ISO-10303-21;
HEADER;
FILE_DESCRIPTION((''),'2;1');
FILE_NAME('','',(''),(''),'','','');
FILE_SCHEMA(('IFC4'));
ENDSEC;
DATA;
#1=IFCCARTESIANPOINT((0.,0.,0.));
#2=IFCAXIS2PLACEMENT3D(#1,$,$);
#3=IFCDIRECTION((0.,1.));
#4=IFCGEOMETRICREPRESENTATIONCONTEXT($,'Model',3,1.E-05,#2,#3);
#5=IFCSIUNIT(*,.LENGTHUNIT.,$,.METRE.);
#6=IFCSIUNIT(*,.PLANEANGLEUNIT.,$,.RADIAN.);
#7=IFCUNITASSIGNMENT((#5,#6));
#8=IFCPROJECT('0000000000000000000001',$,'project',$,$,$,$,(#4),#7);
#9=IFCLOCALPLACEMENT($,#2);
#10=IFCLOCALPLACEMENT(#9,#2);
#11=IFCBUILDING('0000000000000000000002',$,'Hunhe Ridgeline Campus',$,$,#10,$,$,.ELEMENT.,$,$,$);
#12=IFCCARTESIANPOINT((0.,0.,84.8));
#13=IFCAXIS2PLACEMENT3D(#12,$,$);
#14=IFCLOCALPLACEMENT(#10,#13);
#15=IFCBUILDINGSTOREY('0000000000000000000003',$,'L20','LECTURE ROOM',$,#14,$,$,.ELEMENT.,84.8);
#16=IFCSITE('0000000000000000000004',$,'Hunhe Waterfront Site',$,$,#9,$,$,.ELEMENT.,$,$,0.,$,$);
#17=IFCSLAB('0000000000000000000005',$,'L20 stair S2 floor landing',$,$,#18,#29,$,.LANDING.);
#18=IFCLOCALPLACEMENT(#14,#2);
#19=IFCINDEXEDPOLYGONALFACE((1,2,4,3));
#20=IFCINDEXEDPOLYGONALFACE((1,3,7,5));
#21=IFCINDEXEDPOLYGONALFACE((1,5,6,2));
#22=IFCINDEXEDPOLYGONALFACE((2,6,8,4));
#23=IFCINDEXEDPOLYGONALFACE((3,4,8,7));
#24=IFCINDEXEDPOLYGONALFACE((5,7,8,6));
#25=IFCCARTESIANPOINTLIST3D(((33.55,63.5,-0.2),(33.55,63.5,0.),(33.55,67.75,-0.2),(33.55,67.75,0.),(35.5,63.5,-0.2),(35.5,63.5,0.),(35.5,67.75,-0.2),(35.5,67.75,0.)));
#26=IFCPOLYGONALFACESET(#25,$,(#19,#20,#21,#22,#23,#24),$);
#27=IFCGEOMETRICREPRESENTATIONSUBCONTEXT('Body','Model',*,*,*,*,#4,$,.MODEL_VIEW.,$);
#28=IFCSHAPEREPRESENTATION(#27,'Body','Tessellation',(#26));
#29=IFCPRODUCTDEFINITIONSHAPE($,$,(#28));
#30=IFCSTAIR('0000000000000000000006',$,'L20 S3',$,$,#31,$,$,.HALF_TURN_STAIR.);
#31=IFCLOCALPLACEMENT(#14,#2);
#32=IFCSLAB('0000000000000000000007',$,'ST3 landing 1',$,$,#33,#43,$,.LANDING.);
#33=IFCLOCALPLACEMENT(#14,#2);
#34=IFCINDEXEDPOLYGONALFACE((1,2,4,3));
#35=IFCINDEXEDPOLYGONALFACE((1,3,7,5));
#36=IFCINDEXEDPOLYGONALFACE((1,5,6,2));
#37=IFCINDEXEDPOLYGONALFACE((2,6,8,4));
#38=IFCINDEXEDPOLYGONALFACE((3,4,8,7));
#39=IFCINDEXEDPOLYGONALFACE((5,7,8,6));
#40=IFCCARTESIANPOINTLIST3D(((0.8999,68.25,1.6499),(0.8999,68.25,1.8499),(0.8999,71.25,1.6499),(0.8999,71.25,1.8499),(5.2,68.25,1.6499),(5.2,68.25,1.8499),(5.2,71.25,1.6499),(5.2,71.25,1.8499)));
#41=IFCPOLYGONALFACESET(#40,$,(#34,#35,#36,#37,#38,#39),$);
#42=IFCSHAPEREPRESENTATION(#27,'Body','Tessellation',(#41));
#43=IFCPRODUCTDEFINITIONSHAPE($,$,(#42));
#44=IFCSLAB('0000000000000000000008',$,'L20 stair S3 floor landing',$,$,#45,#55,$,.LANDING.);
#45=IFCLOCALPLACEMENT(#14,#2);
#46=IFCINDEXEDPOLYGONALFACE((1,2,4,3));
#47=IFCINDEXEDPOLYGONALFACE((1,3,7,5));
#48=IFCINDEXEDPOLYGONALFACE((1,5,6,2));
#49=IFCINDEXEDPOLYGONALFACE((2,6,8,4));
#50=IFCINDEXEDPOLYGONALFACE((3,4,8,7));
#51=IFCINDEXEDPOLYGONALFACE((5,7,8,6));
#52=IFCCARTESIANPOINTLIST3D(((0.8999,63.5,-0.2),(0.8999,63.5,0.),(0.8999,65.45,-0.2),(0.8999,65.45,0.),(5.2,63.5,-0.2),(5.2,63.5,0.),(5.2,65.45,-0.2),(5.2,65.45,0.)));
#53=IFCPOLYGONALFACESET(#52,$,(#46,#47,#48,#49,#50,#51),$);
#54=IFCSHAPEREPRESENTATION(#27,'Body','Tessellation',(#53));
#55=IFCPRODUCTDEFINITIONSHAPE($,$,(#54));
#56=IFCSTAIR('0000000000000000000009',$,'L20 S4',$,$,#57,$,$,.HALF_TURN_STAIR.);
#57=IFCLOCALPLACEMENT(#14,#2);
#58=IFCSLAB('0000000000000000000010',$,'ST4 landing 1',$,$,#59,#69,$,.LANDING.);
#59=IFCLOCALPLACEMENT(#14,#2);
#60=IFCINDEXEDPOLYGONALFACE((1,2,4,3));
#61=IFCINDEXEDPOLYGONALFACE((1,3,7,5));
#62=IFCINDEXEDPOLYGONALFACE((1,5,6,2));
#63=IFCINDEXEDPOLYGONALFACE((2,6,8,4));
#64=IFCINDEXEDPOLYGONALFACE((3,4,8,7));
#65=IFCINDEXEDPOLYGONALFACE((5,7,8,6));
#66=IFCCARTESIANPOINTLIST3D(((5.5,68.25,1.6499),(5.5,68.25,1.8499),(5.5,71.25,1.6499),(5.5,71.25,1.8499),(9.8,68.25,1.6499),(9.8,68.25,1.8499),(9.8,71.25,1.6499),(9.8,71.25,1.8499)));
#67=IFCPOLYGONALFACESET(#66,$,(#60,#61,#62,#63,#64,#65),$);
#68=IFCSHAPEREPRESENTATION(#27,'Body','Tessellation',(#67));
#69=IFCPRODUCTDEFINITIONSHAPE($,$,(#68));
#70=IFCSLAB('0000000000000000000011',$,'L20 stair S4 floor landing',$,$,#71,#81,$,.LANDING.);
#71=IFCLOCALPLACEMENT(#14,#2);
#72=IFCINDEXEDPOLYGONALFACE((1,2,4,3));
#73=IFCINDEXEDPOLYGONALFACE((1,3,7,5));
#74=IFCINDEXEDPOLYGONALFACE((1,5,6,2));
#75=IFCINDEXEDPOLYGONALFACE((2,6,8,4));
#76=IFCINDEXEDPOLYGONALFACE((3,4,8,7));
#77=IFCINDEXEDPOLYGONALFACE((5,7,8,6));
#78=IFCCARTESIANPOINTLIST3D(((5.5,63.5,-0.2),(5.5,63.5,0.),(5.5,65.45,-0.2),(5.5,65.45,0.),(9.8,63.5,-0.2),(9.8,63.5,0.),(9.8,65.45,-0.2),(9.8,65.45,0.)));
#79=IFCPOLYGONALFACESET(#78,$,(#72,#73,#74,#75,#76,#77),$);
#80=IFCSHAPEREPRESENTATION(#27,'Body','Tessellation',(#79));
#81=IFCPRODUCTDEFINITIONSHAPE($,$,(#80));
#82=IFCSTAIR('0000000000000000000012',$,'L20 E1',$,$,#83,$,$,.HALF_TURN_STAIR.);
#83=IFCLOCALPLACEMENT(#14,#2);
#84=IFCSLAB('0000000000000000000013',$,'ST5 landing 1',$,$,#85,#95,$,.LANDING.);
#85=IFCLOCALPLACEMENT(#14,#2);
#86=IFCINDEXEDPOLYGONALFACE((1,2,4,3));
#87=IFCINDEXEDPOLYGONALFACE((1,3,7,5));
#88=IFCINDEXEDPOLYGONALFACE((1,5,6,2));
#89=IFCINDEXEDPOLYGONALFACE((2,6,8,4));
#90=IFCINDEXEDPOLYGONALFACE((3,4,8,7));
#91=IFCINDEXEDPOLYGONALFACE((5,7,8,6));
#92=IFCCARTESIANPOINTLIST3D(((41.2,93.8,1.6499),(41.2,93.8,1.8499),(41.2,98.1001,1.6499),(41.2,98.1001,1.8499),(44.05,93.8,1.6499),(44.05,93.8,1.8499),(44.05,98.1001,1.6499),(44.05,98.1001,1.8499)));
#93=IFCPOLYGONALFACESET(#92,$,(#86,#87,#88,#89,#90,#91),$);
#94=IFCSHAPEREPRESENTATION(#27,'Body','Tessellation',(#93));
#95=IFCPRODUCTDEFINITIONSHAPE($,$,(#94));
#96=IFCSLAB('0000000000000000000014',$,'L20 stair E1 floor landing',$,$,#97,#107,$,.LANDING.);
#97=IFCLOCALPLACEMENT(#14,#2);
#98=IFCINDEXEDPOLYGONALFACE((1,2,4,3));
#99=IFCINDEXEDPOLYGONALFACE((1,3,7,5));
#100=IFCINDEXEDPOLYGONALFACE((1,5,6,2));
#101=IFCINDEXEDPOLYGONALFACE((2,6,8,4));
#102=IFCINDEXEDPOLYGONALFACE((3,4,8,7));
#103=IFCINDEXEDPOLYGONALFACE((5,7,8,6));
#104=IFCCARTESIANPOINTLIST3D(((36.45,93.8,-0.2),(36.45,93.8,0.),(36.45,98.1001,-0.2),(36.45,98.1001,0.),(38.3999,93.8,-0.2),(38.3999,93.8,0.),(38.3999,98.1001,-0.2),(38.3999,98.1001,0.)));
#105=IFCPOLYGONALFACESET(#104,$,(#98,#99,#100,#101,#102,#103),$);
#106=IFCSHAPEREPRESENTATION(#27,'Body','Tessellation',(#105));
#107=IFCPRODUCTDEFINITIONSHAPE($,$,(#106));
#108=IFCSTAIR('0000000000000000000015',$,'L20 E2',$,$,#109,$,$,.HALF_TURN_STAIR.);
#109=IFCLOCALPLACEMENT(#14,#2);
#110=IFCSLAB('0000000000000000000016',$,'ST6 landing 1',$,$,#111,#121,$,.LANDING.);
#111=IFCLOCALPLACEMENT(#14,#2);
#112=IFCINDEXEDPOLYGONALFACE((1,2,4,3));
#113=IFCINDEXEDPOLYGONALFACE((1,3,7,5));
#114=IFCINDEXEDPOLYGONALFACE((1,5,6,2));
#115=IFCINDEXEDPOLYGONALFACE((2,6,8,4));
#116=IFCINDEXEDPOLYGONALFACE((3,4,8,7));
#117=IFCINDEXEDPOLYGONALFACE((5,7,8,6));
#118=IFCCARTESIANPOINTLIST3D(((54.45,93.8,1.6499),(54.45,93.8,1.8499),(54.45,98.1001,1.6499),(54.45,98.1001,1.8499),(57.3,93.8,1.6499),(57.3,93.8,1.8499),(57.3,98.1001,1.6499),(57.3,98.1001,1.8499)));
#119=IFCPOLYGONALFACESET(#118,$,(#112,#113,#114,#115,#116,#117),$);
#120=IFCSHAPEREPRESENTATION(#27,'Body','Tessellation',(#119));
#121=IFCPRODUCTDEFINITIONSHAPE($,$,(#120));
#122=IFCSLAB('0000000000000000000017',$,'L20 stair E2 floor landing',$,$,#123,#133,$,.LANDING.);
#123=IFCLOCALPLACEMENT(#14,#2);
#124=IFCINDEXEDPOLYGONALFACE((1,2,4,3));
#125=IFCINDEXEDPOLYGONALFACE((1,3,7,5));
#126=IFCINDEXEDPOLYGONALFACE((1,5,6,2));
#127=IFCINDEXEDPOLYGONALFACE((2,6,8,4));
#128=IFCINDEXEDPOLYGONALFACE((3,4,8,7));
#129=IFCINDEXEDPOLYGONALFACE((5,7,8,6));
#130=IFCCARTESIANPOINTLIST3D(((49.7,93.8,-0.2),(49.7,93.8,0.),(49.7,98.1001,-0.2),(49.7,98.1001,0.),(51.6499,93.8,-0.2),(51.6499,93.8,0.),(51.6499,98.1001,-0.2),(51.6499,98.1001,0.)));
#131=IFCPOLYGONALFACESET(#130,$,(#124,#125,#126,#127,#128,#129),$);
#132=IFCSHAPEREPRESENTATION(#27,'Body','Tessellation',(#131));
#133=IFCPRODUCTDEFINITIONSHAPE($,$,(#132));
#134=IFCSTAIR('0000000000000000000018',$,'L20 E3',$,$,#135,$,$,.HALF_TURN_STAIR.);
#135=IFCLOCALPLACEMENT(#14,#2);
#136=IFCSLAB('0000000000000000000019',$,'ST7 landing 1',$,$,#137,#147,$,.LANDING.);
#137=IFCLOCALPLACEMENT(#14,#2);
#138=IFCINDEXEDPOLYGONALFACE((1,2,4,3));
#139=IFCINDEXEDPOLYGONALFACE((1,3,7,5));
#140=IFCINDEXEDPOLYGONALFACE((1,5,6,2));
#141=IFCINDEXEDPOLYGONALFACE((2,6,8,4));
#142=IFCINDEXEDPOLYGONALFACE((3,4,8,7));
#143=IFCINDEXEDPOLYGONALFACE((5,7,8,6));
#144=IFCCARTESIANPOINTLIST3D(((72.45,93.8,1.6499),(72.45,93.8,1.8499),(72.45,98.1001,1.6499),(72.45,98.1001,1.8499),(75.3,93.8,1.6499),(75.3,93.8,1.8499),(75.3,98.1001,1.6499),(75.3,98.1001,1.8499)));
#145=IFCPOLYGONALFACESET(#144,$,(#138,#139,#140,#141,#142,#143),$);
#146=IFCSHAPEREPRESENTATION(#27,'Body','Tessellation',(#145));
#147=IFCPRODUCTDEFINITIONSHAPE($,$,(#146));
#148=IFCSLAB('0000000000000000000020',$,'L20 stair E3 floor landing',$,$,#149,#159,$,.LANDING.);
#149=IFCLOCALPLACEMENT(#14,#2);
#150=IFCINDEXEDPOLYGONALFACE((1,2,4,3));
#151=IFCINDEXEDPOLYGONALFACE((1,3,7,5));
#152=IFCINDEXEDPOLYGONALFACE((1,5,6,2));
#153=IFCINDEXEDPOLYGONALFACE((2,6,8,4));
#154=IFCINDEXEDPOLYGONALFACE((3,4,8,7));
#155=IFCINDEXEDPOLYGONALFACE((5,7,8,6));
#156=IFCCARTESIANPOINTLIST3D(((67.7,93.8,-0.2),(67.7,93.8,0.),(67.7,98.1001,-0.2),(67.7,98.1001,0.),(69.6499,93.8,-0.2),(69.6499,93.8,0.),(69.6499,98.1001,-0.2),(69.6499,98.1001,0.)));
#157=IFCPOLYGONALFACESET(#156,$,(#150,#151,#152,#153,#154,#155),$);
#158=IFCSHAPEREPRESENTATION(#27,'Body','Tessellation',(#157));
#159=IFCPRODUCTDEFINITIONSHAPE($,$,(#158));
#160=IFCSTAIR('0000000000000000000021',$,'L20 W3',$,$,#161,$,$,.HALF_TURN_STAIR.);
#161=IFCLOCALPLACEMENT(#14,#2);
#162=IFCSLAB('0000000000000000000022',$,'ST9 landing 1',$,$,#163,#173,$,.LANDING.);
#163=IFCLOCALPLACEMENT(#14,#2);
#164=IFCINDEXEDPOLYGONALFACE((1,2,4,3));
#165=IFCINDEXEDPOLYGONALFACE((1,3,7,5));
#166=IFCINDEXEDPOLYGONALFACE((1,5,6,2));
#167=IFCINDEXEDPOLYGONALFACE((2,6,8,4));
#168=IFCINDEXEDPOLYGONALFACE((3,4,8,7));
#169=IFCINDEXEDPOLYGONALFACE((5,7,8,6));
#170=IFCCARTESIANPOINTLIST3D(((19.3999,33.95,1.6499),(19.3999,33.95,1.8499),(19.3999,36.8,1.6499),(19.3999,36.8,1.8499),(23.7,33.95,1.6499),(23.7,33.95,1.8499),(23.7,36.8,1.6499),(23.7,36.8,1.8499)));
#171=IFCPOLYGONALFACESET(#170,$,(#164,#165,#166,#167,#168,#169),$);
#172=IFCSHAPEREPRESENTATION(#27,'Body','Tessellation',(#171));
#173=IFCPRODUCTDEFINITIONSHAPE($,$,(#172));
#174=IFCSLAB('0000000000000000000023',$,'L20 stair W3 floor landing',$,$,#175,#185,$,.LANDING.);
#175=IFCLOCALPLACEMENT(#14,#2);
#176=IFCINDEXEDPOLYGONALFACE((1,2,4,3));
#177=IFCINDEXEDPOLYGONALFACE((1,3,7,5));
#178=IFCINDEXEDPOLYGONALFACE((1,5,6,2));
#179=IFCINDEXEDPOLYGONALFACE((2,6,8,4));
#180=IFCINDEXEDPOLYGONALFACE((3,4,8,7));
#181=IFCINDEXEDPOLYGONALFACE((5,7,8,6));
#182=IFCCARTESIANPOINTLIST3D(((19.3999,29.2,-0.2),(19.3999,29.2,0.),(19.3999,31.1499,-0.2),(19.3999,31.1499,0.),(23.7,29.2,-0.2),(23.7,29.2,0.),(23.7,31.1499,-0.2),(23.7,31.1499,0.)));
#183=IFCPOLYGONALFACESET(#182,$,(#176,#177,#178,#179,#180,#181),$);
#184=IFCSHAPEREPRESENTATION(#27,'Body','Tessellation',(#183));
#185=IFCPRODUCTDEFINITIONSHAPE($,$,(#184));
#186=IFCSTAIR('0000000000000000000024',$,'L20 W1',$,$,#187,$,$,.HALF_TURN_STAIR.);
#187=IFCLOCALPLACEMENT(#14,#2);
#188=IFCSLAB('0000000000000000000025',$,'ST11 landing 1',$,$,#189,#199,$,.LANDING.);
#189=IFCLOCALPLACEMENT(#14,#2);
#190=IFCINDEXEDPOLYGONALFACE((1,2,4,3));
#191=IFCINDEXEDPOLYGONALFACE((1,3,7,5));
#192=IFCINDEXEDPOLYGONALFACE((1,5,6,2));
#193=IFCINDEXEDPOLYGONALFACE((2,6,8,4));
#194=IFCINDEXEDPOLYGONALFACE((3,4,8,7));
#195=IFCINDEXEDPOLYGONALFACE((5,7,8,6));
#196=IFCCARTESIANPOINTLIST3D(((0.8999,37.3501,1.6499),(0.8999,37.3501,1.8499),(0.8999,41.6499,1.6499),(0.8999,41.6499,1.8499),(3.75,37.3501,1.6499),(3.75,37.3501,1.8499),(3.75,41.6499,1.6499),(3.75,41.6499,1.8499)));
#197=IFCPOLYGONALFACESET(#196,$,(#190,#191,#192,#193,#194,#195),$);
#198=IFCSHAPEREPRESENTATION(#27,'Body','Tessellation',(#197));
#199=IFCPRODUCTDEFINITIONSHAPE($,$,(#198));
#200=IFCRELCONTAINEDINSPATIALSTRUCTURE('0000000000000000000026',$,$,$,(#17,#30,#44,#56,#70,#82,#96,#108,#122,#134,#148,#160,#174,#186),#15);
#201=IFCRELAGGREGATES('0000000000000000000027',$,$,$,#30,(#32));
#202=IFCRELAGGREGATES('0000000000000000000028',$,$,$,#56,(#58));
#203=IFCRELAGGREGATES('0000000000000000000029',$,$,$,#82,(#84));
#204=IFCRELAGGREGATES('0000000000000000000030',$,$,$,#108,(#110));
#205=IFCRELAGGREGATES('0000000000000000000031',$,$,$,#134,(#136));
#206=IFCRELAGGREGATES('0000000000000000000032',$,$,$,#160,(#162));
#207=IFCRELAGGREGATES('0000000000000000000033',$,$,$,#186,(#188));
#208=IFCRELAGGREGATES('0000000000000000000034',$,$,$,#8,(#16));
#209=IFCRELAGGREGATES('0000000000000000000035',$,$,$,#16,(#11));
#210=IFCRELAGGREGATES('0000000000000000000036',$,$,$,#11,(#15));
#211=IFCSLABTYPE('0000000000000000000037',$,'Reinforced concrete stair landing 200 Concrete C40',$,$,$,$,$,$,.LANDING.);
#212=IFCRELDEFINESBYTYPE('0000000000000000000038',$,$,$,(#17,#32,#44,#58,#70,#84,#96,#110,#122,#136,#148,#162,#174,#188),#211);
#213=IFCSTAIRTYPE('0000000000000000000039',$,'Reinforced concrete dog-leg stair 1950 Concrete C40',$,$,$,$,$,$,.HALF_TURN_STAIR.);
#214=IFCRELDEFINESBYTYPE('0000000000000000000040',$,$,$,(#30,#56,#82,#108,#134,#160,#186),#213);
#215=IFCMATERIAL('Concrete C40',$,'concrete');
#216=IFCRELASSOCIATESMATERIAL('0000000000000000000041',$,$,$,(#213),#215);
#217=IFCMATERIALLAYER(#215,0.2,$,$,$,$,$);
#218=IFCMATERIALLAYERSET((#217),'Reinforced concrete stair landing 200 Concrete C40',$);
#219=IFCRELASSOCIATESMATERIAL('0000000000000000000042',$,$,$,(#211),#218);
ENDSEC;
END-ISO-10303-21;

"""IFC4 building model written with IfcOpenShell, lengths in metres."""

from ifc_helpers import new_model, si_unit, direction, frame, origin, place, context, subcontext, project, spatial, polyline, outline, extrude, material, layer, layer_set, type_object, element, aggregate, save


model = new_model("IFC4")

# Units and contexts
model_context = context("Model", 3, precision=1e-05, world=origin(), true_north=direction((0.0, 1.0)))
body_context = subcontext(model_context, "Body", "Model", "MODEL_VIEW")
ifc_project = project(units=[si_unit("LENGTHUNIT", "METRE"), si_unit("PLANEANGLEUNIT", "RADIAN")], contexts=[model_context])

# Site, building, storey
site_placement = place(None, origin())
site = spatial("IfcSite", under=ifc_project, at=site_placement, Name="Hunhe Waterfront Site", CompositionType="ELEMENT", RefElevation=0.0)
building_placement = place(site_placement, origin())
building = spatial("IfcBuilding", under=site, at=building_placement, Name="Hunhe Ridgeline Campus", CompositionType="ELEMENT")
storey_placement = place(building_placement, frame((0.0, 0.0, 84.8)))
storey = spatial("IfcBuildingStorey", under=building, at=storey_placement, Name="L20", Description="LECTURE ROOM", CompositionType="ELEMENT", Elevation=84.8)

# Shared definitions
ifc_material_1 = material(Name="Concrete C40", Category="concrete")

# Shared definitions
stair_type = type_object("IfcStairType", Name="Reinforced concrete dog-leg stair 1950 Concrete C40", PredefinedType="HALF_TURN_STAIR", material=ifc_material_1)
ifc_layer_1 = layer(ifc_material_1, 0.2)
ifc_layer_set_1 = layer_set([ifc_layer_1], Name="Reinforced concrete stair landing 200 Concrete C40")
slab_type_1 = type_object("IfcSlabType", Name="Reinforced concrete stair landing 200 Concrete C40", PredefinedType="LANDING", material=ifc_layer_set_1)

# Slab
slab_1_placement = place(storey_placement, frame((0.0, 0.0, -0.2)))
element("IfcSlab", 1, at=slab_1_placement, inside=storey, type_object=slab_type_1, Name="L20 stair S2 floor landing", PredefinedType="LANDING", context=body_context, shape_type="SweptSolid", body=[
    extrude(outline(polyline([(35.5, 67.75), (33.55, 67.75), (33.55, 63.5), (35.5, 63.5), (35.5, 67.75)])), origin(), (0.0, 0.0, 1.0), 0.2),
])

# Stair, slab
stair_1_placement = place(storey_placement, origin())
stair_1 = element("IfcStair", 2, at=stair_1_placement, inside=storey, type_object=stair_type, Name="L20 S3", PredefinedType="HALF_TURN_STAIR")
slab_2_placement = place(storey_placement, frame((0.0, 0.0, 1.6499)))
slab_2 = element("IfcSlab", 3, at=slab_2_placement, type_object=slab_type_1, Name="ST3 landing 1", PredefinedType="LANDING", context=body_context, shape_type="SweptSolid", body=[
    extrude(outline(polyline([(5.2, 68.25), (5.2, 71.25), (0.8999, 71.25), (0.8999, 68.25), (5.2, 68.25)])), origin(), (0.0, 0.0, 1.0), 0.2),
])
aggregate(stair_1, [slab_2])

# Slab
slab_3_placement = place(storey_placement, frame((0.0, 0.0, -0.2)))
element("IfcSlab", 4, at=slab_3_placement, inside=storey, type_object=slab_type_1, Name="L20 stair S3 floor landing", PredefinedType="LANDING", context=body_context, shape_type="SweptSolid", body=[
    extrude(outline(polyline([(5.2, 63.5), (5.2, 65.45), (0.8999, 65.45), (0.8999, 63.5), (5.2, 63.5)])), origin(), (0.0, 0.0, 1.0), 0.2),
])

# Stair, slab
stair_2_placement = place(storey_placement, origin())
stair_2 = element("IfcStair", 5, at=stair_2_placement, inside=storey, type_object=stair_type, Name="L20 S4", PredefinedType="HALF_TURN_STAIR")
slab_4_placement = place(storey_placement, frame((0.0, 0.0, 1.6499)))
slab_4 = element("IfcSlab", 6, at=slab_4_placement, type_object=slab_type_1, Name="ST4 landing 1", PredefinedType="LANDING", context=body_context, shape_type="SweptSolid", body=[
    extrude(outline(polyline([(9.8, 68.25), (9.8, 71.25), (5.5, 71.25), (5.5, 68.25), (9.8, 68.25)])), origin(), (0.0, 0.0, 1.0), 0.2),
])
aggregate(stair_2, [slab_4])

# Slab
slab_5_placement = place(storey_placement, frame((0.0, 0.0, -0.2)))
element("IfcSlab", 7, at=slab_5_placement, inside=storey, type_object=slab_type_1, Name="L20 stair S4 floor landing", PredefinedType="LANDING", context=body_context, shape_type="SweptSolid", body=[
    extrude(outline(polyline([(9.8, 63.5), (9.8, 65.45), (5.5, 65.45), (5.5, 63.5), (9.8, 63.5)])), origin(), (0.0, 0.0, 1.0), 0.2),
])

# Stair, slab
stair_3_placement = place(storey_placement, origin())
stair_3 = element("IfcStair", 8, at=stair_3_placement, inside=storey, type_object=stair_type, Name="L20 E1", PredefinedType="HALF_TURN_STAIR")
slab_6_placement = place(storey_placement, frame((0.0, 0.0, 1.6499)))
slab_6 = element("IfcSlab", 9, at=slab_6_placement, type_object=slab_type_1, Name="ST5 landing 1", PredefinedType="LANDING", context=body_context, shape_type="SweptSolid", body=[
    extrude(outline(polyline([(41.2, 93.8), (44.05, 93.8), (44.05, 98.1001), (41.2, 98.1001), (41.2, 93.8)])), origin(), (0.0, 0.0, 1.0), 0.2),
])
aggregate(stair_3, [slab_6])

# Slab
slab_7_placement = place(storey_placement, frame((0.0, 0.0, -0.2)))
element("IfcSlab", 10, at=slab_7_placement, inside=storey, type_object=slab_type_1, Name="L20 stair E1 floor landing", PredefinedType="LANDING", context=body_context, shape_type="SweptSolid", body=[
    extrude(outline(polyline([(36.45, 93.8), (38.3999, 93.8), (38.3999, 98.1001), (36.45, 98.1001), (36.45, 93.8)])), origin(), (0.0, 0.0, 1.0), 0.2),
])

# Stair, slab
stair_4_placement = place(storey_placement, origin())
stair_4 = element("IfcStair", 11, at=stair_4_placement, inside=storey, type_object=stair_type, Name="L20 E2", PredefinedType="HALF_TURN_STAIR")
slab_8_placement = place(storey_placement, frame((0.0, 0.0, 1.6499)))
slab_8 = element("IfcSlab", 12, at=slab_8_placement, type_object=slab_type_1, Name="ST6 landing 1", PredefinedType="LANDING", context=body_context, shape_type="SweptSolid", body=[
    extrude(outline(polyline([(54.45, 93.8), (57.3, 93.8), (57.3, 98.1001), (54.45, 98.1001), (54.45, 93.8)])), origin(), (0.0, 0.0, 1.0), 0.2),
])
aggregate(stair_4, [slab_8])

# Slab
slab_9_placement = place(storey_placement, frame((0.0, 0.0, -0.2)))
element("IfcSlab", 13, at=slab_9_placement, inside=storey, type_object=slab_type_1, Name="L20 stair E2 floor landing", PredefinedType="LANDING", context=body_context, shape_type="SweptSolid", body=[
    extrude(outline(polyline([(49.7, 93.8), (51.6499, 93.8), (51.6499, 98.1001), (49.7, 98.1001), (49.7, 93.8)])), origin(), (0.0, 0.0, 1.0), 0.2),
])

# Stair, slab
stair_5_placement = place(storey_placement, origin())
stair_5 = element("IfcStair", 14, at=stair_5_placement, inside=storey, type_object=stair_type, Name="L20 E3", PredefinedType="HALF_TURN_STAIR")
slab_10_placement = place(storey_placement, frame((0.0, 0.0, 1.6499)))
slab_10 = element("IfcSlab", 15, at=slab_10_placement, type_object=slab_type_1, Name="ST7 landing 1", PredefinedType="LANDING", context=body_context, shape_type="SweptSolid", body=[
    extrude(outline(polyline([(72.45, 93.8), (75.3, 93.8), (75.3, 98.1001), (72.45, 98.1001), (72.45, 93.8)])), origin(), (0.0, 0.0, 1.0), 0.2),
])
aggregate(stair_5, [slab_10])

# Slab
slab_11_placement = place(storey_placement, frame((0.0, 0.0, -0.2)))
element("IfcSlab", 16, at=slab_11_placement, inside=storey, type_object=slab_type_1, Name="L20 stair E3 floor landing", PredefinedType="LANDING", context=body_context, shape_type="SweptSolid", body=[
    extrude(outline(polyline([(67.7, 93.8), (69.6499, 93.8), (69.6499, 98.1001), (67.7, 98.1001), (67.7, 93.8)])), origin(), (0.0, 0.0, 1.0), 0.2),
])

# Stair, slab
stair_6_placement = place(storey_placement, origin())
stair_6 = element("IfcStair", 17, at=stair_6_placement, inside=storey, type_object=stair_type, Name="L20 W3", PredefinedType="HALF_TURN_STAIR")
slab_12_placement = place(storey_placement, frame((0.0, 0.0, 1.6499)))
slab_12 = element("IfcSlab", 18, at=slab_12_placement, type_object=slab_type_1, Name="ST9 landing 1", PredefinedType="LANDING", context=body_context, shape_type="SweptSolid", body=[
    extrude(outline(polyline([(23.7, 33.95), (23.7, 36.8), (19.3999, 36.8), (19.3999, 33.95), (23.7, 33.95)])), origin(), (0.0, 0.0, 1.0), 0.2),
])
aggregate(stair_6, [slab_12])

# Slab
slab_13_placement = place(storey_placement, frame((0.0, 0.0, -0.2)))
element("IfcSlab", 19, at=slab_13_placement, inside=storey, type_object=slab_type_1, Name="L20 stair W3 floor landing", PredefinedType="LANDING", context=body_context, shape_type="SweptSolid", body=[
    extrude(outline(polyline([(23.7, 29.2), (23.7, 31.1499), (19.3999, 31.1499), (19.3999, 29.2), (23.7, 29.2)])), origin(), (0.0, 0.0, 1.0), 0.2),
])

# Stair, slab
stair_7_placement = place(storey_placement, origin())
stair_7 = element("IfcStair", 20, at=stair_7_placement, inside=storey, type_object=stair_type, Name="L20 W1", PredefinedType="HALF_TURN_STAIR")
slab_14_placement = place(storey_placement, frame((0.0, 0.0, 1.6499)))
slab_14 = element("IfcSlab", 21, at=slab_14_placement, type_object=slab_type_1, Name="ST11 landing 1", PredefinedType="LANDING", context=body_context, shape_type="SweptSolid", body=[
    extrude(outline(polyline([(3.75, 41.6499), (0.8999, 41.6499), (0.8999, 37.3501), (3.75, 37.3501), (3.75, 41.6499)])), origin(), (0.0, 0.0, 1.0), 0.2),
])
aggregate(stair_7, [slab_14])

save(model, "model.ifc")
